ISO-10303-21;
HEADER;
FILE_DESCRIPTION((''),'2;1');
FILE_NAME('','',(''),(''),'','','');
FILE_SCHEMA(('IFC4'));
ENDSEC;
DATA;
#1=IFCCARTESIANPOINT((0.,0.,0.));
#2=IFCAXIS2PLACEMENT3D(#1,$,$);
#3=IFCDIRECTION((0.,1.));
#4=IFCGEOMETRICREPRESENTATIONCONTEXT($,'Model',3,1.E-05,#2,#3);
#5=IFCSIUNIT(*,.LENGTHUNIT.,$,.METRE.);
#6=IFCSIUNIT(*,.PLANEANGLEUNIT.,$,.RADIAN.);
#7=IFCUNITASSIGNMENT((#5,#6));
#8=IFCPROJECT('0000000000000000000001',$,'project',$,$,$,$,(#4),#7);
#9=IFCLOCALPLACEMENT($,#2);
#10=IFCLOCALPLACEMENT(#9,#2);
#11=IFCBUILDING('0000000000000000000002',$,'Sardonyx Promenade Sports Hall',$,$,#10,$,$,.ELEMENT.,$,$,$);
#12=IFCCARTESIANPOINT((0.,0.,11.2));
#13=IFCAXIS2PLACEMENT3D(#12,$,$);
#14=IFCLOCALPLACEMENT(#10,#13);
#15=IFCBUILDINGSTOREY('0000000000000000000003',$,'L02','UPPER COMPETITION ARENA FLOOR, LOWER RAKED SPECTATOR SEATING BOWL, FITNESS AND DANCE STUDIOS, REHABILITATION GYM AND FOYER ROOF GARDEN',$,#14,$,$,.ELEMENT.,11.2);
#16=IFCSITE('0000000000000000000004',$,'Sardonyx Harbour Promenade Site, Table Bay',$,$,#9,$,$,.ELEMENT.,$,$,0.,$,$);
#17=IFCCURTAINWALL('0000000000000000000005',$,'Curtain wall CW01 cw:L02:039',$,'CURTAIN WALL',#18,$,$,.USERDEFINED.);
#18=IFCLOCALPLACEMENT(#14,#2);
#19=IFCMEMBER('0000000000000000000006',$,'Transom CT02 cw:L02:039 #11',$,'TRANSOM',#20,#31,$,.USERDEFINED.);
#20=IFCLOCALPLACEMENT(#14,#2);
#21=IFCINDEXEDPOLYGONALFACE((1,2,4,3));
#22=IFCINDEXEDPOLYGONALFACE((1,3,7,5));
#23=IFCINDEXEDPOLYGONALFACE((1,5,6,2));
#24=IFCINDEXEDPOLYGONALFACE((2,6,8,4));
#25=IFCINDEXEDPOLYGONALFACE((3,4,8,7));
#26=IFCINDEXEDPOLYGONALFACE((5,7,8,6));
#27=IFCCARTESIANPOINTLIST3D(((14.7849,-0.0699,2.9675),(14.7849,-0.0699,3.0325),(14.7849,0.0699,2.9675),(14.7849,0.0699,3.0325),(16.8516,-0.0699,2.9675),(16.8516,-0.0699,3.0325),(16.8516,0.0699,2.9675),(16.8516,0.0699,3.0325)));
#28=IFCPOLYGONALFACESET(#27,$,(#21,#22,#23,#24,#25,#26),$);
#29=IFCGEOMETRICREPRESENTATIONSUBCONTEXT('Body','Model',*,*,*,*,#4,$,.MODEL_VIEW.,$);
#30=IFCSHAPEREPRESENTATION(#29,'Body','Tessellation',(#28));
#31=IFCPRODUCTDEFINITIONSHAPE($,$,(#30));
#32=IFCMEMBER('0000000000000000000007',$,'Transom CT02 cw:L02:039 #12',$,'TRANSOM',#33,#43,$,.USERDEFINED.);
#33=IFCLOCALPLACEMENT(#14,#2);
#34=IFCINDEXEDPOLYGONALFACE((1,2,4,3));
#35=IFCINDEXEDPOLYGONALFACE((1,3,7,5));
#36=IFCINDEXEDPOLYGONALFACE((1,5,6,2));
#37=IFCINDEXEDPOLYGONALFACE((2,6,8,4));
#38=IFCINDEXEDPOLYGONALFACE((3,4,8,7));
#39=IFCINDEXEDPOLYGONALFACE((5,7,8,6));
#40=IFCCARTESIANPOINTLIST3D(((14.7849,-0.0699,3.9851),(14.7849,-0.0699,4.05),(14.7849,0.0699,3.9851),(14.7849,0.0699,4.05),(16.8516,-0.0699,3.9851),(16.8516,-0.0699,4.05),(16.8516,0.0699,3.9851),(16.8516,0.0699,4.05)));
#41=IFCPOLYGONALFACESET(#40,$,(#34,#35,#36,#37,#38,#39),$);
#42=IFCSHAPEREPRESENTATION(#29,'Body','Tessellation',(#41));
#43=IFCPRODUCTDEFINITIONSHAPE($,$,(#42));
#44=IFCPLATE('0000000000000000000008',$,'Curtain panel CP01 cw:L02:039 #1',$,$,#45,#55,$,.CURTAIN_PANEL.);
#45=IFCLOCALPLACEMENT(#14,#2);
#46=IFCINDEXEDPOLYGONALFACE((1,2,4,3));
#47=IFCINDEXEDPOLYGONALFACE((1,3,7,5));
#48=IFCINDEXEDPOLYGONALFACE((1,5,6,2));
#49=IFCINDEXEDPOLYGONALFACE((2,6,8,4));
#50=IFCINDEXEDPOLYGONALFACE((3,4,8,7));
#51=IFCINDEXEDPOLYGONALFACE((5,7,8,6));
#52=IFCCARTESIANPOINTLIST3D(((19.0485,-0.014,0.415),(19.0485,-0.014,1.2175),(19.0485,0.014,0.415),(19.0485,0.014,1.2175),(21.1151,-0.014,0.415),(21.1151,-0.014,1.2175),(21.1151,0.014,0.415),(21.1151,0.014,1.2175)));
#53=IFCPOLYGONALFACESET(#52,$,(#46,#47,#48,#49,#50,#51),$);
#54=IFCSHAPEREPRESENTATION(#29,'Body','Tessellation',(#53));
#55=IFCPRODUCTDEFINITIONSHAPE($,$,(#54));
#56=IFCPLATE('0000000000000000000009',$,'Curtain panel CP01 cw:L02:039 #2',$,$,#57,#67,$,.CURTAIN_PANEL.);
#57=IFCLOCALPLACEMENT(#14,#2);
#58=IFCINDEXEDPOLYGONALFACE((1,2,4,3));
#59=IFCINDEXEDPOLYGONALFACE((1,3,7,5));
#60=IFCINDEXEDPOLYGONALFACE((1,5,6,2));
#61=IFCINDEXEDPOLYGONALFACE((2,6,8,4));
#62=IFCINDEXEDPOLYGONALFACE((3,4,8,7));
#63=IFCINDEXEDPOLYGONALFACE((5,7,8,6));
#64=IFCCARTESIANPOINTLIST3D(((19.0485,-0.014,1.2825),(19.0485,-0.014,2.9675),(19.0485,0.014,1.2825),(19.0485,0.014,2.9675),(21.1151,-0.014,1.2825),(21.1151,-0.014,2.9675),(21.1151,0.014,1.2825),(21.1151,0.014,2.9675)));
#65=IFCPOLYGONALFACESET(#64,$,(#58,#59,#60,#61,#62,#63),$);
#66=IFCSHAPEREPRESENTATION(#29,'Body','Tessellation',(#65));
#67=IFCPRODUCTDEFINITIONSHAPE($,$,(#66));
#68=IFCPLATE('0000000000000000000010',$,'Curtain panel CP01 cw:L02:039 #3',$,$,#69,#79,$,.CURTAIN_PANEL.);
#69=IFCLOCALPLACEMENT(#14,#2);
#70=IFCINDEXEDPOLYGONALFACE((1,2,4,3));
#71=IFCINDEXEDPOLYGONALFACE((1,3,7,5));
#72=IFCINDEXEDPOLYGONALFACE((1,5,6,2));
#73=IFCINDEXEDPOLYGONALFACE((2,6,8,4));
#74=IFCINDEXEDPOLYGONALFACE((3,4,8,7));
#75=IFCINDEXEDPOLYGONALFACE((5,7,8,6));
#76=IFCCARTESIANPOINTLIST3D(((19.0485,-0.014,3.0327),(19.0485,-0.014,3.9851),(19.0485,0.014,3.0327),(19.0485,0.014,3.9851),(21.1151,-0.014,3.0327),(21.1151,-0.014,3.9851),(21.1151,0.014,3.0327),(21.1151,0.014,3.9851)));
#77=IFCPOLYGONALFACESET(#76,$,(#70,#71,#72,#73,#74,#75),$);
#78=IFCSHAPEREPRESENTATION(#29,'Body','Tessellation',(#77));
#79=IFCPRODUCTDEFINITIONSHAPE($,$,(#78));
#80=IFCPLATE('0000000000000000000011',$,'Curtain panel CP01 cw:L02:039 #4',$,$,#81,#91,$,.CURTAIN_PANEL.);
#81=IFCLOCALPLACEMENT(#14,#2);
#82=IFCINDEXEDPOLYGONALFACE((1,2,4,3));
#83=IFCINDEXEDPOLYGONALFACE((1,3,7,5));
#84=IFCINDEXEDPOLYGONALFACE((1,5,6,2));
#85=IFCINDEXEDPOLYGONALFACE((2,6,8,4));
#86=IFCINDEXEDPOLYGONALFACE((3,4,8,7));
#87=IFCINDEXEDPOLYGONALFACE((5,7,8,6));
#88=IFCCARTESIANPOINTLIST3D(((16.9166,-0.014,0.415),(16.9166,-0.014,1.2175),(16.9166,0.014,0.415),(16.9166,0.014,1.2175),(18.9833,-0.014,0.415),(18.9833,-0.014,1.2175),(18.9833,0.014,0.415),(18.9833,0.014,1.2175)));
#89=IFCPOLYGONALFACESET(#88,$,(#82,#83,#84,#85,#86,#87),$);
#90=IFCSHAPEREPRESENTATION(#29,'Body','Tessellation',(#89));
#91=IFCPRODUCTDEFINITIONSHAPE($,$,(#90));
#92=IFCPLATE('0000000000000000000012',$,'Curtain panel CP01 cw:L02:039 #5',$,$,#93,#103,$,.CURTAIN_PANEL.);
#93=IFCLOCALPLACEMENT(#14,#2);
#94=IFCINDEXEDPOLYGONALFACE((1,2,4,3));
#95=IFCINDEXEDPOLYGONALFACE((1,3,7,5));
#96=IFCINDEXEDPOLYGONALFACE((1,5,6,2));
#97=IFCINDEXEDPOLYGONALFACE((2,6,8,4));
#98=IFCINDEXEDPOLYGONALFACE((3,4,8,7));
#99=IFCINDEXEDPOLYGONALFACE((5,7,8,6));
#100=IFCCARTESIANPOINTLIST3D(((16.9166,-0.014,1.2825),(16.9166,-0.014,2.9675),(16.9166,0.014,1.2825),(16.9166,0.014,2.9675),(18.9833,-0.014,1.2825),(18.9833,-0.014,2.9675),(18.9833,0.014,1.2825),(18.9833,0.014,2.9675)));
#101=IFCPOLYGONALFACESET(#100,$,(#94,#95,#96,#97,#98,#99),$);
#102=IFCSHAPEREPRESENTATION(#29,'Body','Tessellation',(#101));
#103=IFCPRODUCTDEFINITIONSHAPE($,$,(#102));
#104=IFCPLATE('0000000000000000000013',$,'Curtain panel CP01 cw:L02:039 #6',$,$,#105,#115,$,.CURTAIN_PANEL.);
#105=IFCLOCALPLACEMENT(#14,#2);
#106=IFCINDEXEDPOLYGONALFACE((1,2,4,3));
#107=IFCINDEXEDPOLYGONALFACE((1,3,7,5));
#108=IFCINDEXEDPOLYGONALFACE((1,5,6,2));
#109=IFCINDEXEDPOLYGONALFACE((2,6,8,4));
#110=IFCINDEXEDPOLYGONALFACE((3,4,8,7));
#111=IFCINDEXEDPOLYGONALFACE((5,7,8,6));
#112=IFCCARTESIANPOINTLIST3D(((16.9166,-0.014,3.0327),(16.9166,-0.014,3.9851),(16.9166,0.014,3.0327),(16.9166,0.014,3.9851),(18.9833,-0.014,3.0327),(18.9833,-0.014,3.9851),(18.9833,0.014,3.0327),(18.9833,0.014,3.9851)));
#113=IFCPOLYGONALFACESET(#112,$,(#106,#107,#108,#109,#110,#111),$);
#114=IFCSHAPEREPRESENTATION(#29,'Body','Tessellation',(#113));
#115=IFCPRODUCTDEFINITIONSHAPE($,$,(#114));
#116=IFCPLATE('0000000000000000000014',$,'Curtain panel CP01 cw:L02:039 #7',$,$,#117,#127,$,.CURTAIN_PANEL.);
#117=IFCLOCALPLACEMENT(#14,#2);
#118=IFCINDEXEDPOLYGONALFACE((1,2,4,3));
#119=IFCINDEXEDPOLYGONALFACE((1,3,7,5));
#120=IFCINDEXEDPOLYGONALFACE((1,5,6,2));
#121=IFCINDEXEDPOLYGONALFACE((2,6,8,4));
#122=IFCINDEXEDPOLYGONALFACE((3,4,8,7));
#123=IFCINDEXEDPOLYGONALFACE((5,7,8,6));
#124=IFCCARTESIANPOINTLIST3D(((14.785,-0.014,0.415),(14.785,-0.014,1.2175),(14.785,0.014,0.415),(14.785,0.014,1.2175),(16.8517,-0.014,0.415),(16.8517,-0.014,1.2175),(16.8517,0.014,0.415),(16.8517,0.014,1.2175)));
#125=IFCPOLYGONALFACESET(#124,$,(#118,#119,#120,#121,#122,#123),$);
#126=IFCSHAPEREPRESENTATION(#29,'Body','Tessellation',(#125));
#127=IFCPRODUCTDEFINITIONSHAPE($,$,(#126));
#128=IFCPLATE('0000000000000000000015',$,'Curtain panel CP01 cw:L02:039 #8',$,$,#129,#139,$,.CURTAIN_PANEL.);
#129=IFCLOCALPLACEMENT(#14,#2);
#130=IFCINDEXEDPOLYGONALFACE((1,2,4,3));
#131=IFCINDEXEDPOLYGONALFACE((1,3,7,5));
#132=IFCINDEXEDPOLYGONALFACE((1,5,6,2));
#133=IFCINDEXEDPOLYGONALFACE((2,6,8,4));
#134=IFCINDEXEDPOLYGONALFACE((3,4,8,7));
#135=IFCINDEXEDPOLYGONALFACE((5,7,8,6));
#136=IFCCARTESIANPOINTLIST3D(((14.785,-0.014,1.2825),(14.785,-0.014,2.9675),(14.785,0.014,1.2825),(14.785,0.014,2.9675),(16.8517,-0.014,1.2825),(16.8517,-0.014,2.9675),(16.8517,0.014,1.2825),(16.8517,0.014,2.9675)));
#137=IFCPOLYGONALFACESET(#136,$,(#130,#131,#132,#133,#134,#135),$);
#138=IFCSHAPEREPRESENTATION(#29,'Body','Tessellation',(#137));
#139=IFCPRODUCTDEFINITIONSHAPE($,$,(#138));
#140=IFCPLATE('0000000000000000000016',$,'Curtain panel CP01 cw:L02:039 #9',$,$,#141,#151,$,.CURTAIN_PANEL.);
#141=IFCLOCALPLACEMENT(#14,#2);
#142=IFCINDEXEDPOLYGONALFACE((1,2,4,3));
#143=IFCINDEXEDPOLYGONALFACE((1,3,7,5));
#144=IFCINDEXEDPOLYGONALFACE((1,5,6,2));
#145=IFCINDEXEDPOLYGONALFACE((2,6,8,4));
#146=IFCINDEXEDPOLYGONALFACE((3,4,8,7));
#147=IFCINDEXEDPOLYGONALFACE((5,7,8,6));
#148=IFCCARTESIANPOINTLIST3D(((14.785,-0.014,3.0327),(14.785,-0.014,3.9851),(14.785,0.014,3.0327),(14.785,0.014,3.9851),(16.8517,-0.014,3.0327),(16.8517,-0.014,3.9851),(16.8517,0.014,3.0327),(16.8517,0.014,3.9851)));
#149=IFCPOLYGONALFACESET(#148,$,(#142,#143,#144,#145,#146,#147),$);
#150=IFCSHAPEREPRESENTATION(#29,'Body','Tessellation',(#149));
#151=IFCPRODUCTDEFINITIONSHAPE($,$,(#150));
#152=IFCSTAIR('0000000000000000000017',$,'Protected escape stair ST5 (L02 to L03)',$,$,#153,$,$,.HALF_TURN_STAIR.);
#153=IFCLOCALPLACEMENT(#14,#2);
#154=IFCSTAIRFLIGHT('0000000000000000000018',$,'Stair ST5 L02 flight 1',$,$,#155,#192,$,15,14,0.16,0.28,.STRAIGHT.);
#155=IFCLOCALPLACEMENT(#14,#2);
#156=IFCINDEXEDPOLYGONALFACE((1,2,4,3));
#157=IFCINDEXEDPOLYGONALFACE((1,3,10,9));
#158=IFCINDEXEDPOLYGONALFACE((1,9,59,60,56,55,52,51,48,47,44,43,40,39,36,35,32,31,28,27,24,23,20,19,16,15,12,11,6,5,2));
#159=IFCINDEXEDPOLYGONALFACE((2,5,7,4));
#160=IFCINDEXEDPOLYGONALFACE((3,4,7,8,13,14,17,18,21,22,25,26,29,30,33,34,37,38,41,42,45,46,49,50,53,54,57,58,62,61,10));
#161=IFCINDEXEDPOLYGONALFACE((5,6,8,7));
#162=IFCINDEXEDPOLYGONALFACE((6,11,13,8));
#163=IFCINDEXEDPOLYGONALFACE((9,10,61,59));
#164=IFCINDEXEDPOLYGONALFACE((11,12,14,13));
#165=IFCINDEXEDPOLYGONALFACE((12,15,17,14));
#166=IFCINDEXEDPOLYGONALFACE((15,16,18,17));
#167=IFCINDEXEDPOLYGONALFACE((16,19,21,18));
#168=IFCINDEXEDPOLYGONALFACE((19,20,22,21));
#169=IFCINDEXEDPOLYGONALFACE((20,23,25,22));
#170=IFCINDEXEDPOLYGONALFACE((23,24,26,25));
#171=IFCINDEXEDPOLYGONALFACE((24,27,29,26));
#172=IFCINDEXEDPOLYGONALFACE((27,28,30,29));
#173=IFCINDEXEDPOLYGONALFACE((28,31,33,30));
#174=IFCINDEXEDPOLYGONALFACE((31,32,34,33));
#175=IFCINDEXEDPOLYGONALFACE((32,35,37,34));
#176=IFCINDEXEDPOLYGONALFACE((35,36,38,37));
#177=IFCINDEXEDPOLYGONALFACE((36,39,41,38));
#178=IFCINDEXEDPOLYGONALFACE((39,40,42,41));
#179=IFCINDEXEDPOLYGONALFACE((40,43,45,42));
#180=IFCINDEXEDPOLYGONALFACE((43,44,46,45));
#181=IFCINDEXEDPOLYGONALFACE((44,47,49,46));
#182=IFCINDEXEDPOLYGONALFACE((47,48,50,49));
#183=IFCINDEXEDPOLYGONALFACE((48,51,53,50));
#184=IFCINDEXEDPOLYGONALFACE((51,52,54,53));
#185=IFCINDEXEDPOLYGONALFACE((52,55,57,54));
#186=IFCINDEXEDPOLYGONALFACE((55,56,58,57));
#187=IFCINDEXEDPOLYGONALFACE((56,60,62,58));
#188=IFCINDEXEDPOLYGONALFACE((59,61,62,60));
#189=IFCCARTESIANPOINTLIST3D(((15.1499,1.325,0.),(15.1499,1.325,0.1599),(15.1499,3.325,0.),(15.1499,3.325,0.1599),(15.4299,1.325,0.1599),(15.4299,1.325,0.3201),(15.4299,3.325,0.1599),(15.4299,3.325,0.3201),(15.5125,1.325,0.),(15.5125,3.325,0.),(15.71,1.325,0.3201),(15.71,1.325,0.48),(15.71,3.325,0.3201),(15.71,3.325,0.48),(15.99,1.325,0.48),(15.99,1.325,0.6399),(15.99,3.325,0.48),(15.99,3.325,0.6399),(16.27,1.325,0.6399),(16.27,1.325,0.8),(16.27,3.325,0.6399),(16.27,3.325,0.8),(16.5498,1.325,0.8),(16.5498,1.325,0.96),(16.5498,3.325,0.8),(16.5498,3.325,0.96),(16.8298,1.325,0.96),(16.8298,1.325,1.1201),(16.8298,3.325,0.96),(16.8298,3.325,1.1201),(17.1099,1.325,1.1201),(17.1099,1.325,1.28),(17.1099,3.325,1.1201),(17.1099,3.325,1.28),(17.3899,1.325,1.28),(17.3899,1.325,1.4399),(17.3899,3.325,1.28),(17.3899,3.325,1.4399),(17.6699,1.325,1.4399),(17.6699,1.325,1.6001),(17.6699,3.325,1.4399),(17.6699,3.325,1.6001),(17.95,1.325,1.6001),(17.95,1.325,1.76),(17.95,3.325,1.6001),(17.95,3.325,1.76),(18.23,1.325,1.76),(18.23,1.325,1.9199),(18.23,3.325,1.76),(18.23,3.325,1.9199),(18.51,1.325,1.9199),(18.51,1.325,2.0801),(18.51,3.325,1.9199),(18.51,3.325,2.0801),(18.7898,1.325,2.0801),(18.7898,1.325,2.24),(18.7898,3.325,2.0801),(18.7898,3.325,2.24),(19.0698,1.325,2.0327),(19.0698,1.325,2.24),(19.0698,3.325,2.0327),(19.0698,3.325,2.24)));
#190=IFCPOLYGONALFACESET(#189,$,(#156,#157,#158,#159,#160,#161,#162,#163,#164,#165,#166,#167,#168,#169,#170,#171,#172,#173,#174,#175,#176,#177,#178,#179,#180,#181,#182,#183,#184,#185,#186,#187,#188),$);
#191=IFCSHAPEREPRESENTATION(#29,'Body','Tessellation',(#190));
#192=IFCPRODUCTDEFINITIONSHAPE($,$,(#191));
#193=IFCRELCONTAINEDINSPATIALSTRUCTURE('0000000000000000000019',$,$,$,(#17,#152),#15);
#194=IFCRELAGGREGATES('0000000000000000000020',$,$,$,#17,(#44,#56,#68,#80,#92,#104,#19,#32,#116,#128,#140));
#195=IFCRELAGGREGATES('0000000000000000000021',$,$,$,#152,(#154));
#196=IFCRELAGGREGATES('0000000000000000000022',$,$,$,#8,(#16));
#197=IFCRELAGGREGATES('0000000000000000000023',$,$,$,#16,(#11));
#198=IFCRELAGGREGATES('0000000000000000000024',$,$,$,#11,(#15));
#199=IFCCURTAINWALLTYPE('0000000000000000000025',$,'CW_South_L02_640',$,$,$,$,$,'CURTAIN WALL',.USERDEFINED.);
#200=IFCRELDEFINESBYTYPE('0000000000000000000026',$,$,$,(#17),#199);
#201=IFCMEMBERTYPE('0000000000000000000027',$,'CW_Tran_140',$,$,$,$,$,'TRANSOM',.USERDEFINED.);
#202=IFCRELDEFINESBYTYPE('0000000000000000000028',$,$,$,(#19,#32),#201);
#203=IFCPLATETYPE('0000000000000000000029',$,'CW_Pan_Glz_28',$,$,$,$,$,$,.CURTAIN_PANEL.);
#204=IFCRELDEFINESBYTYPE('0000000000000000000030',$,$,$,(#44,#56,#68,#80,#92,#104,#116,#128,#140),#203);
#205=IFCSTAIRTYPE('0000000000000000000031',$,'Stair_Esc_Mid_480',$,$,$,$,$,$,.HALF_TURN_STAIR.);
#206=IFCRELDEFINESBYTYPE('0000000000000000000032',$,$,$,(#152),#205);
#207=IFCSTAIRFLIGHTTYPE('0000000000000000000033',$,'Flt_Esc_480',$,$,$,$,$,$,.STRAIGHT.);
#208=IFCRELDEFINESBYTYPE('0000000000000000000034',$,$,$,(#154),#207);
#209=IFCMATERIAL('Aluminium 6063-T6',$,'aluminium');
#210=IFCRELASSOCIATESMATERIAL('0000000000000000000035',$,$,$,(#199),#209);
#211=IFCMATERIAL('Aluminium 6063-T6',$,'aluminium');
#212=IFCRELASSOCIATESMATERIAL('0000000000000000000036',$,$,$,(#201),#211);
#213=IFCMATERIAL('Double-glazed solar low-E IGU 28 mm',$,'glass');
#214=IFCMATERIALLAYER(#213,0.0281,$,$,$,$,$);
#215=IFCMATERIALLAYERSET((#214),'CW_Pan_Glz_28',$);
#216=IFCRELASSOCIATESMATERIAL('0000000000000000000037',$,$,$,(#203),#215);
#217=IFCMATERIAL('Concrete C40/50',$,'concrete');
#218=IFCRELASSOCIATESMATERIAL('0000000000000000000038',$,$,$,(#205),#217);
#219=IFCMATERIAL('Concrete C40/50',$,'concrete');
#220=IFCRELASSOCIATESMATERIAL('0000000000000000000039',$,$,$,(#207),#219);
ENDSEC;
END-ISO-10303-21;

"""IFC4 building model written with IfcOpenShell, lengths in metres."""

from ifc_helpers import new_model, si_unit, direction, frame, origin, origin_2d, place, context, subcontext, project, spatial, polyline, rectangle, outline, extrude, material, layer, layer_set, material_profile, profile_set, type_object, element, aggregate, save


model = new_model("IFC4")

# Units and contexts
model_context = context("Model", 3, precision=1e-05, world=origin(), true_north=direction((0.0, 1.0)))
body_context = subcontext(model_context, "Body", "Model", "MODEL_VIEW")
ifc_project = project(units=[si_unit("LENGTHUNIT", "METRE"), si_unit("PLANEANGLEUNIT", "RADIAN")], contexts=[model_context])

# Site, building, storey
site_placement = place(None, origin())
site = spatial("IfcSite", under=ifc_project, at=site_placement, Name="Sardonyx Harbour Promenade Site, Table Bay", CompositionType="ELEMENT", RefElevation=0.0)
building_placement = place(site_placement, origin())
building = spatial("IfcBuilding", under=site, at=building_placement, Name="Sardonyx Promenade Sports Hall", CompositionType="ELEMENT")
storey_placement = place(building_placement, frame((0.0, 0.0, 11.2)))
storey = spatial("IfcBuildingStorey", under=building, at=storey_placement, Name="L02", Description="UPPER COMPETITION ARENA FLOOR, LOWER RAKED SPECTATOR SEATING BOWL, FITNESS AND DANCE STUDIOS, REHABILITATION GYM AND FOYER ROOF GARDEN", CompositionType="ELEMENT", Elevation=11.2)

# Curtain wall, members, plates
ifc_material_1 = material(Name="Aluminium 6063-T6", Category="aluminium")
curtain_wall_type = type_object("IfcCurtainWallType", Name="CW_South_L02_640", ElementType="CURTAIN WALL", PredefinedType="USERDEFINED", material=ifc_material_1)
curtain_wall_placement = place(storey_placement, origin())
curtain_wall = element("IfcCurtainWall", 1, at=curtain_wall_placement, inside=storey, type_object=curtain_wall_type, Name="Curtain wall CW01 cw:L02:039", ObjectType="CURTAIN WALL", PredefinedType="USERDEFINED")
ifc_material_2 = material(Name="Aluminium 6063-T6", Category="aluminium")
ifc_material_profile_1 = material_profile(ifc_material_2, rectangle(XDim=0.0649, YDim=0.1399, at=origin_2d()))
ifc_profile_set_1 = profile_set([ifc_material_profile_1], Name="Aluminium 6063-T6")
member_type_1 = type_object("IfcMemberType", Name="CW_Tran_140", ElementType="TRANSOM", PredefinedType="USERDEFINED", material=ifc_profile_set_1)
member_1_placement = place(storey_placement, frame((16.8516, 0.0, 3.0), z_axis=(-1.0, 0.0, 0.0), x_axis=(0.0, 0.0, 1.0)))
member_1 = element("IfcMember", 2, at=member_1_placement, type_object=member_type_1, Name="Transom CT02 cw:L02:039 #11", ObjectType="TRANSOM", PredefinedType="USERDEFINED", context=body_context, shape_type="SweptSolid", body=[
    extrude(rectangle(XDim=0.0649, YDim=0.1399, at=origin_2d()), origin(), (0.0, 0.0, 1.0), 2.0667),
])
member_2_placement = place(storey_placement, frame((16.8516, 0.0, 4.0176), z_axis=(-1.0, 0.0, 0.0), x_axis=(0.0, 0.0, 1.0)))
member_2 = element("IfcMember", 3, at=member_2_placement, type_object=member_type_1, Name="Transom CT02 cw:L02:039 #12", ObjectType="TRANSOM", PredefinedType="USERDEFINED", context=body_context, shape_type="SweptSolid", body=[
    extrude(rectangle(XDim=0.0649, YDim=0.1399, at=origin_2d()), origin(), (0.0, 0.0, 1.0), 2.0667),
])
ifc_material_3 = material(Name="Double-glazed solar low-E IGU 28 mm", Category="glass")
ifc_layer_1 = layer(ifc_material_3, 0.0281)
ifc_layer_set_1 = layer_set([ifc_layer_1], Name="CW_Pan_Glz_28")
plate_type = type_object("IfcPlateType", Name="CW_Pan_Glz_28", PredefinedType="CURTAIN_PANEL", material=ifc_layer_set_1)
plate_1_placement = place(storey_placement, frame((20.0818, 0.0, 0.415), z_axis=(0.0, 0.0, 1.0), x_axis=(-1.0, 0.0, 0.0)))
plate_1 = element("IfcPlate", 4, at=plate_1_placement, type_object=plate_type, Name="Curtain panel CP01 cw:L02:039 #1", PredefinedType="CURTAIN_PANEL", context=body_context, shape_type="SweptSolid", body=[
    extrude(rectangle(XDim=2.0667, YDim=0.0281, at=origin_2d()), origin(), (0.0, 0.0, 1.0), 0.8025),
])
plate_2_placement = place(storey_placement, frame((20.0818, 0.0, 1.2825), z_axis=(0.0, 0.0, 1.0), x_axis=(-1.0, 0.0, 0.0)))
plate_2 = element("IfcPlate", 5, at=plate_2_placement, type_object=plate_type, Name="Curtain panel CP01 cw:L02:039 #2", PredefinedType="CURTAIN_PANEL", context=body_context, shape_type="SweptSolid", body=[
    extrude(rectangle(XDim=2.0667, YDim=0.0281, at=origin_2d()), origin(), (0.0, 0.0, 1.0), 1.6851),
])
plate_3_placement = place(storey_placement, frame((20.0818, 0.0, 3.0327), z_axis=(0.0, 0.0, 1.0), x_axis=(-1.0, 0.0, 0.0)))
plate_3 = element("IfcPlate", 6, at=plate_3_placement, type_object=plate_type, Name="Curtain panel CP01 cw:L02:039 #3", PredefinedType="CURTAIN_PANEL", context=body_context, shape_type="SweptSolid", body=[
    extrude(rectangle(XDim=2.0667, YDim=0.0281, at=origin_2d()), origin(), (0.0, 0.0, 1.0), 0.9524),
])
plate_4_placement = place(storey_placement, frame((17.95, 0.0, 0.415), z_axis=(0.0, 0.0, 1.0), x_axis=(-1.0, 0.0, 0.0)))
plate_4 = element("IfcPlate", 7, at=plate_4_placement, type_object=plate_type, Name="Curtain panel CP01 cw:L02:039 #4", PredefinedType="CURTAIN_PANEL", context=body_context, shape_type="SweptSolid", body=[
    extrude(rectangle(XDim=2.0667, YDim=0.0281, at=origin_2d()), origin(), (0.0, 0.0, 1.0), 0.8025),
])
plate_5_placement = place(storey_placement, frame((17.95, 0.0, 1.2825), z_axis=(0.0, 0.0, 1.0), x_axis=(-1.0, 0.0, 0.0)))
plate_5 = element("IfcPlate", 8, at=plate_5_placement, type_object=plate_type, Name="Curtain panel CP01 cw:L02:039 #5", PredefinedType="CURTAIN_PANEL", context=body_context, shape_type="SweptSolid", body=[
    extrude(rectangle(XDim=2.0667, YDim=0.0281, at=origin_2d()), origin(), (0.0, 0.0, 1.0), 1.6851),
])
plate_6_placement = place(storey_placement, frame((17.95, 0.0, 3.0327), z_axis=(0.0, 0.0, 1.0), x_axis=(-1.0, 0.0, 0.0)))
plate_6 = element("IfcPlate", 9, at=plate_6_placement, type_object=plate_type, Name="Curtain panel CP01 cw:L02:039 #6", PredefinedType="CURTAIN_PANEL", context=body_context, shape_type="SweptSolid", body=[
    extrude(rectangle(XDim=2.0667, YDim=0.0281, at=origin_2d()), origin(), (0.0, 0.0, 1.0), 0.9524),
])
plate_7_placement = place(storey_placement, frame((15.8184, 0.0, 0.415), z_axis=(0.0, 0.0, 1.0), x_axis=(-1.0, 0.0, 0.0)))
plate_7 = element("IfcPlate", 10, at=plate_7_placement, type_object=plate_type, Name="Curtain panel CP01 cw:L02:039 #7", PredefinedType="CURTAIN_PANEL", context=body_context, shape_type="SweptSolid", body=[
    extrude(rectangle(XDim=2.0667, YDim=0.0281, at=origin_2d()), origin(), (0.0, 0.0, 1.0), 0.8025),
])
plate_8_placement = place(storey_placement, frame((15.8184, 0.0, 1.2825), z_axis=(0.0, 0.0, 1.0), x_axis=(-1.0, 0.0, 0.0)))
plate_8 = element("IfcPlate", 11, at=plate_8_placement, type_object=plate_type, Name="Curtain panel CP01 cw:L02:039 #8", PredefinedType="CURTAIN_PANEL", context=body_context, shape_type="SweptSolid", body=[
    extrude(rectangle(XDim=2.0667, YDim=0.0281, at=origin_2d()), origin(), (0.0, 0.0, 1.0), 1.6851),
])
plate_9_placement = place(storey_placement, frame((15.8184, 0.0, 3.0327), z_axis=(0.0, 0.0, 1.0), x_axis=(-1.0, 0.0, 0.0)))
plate_9 = element("IfcPlate", 12, at=plate_9_placement, type_object=plate_type, Name="Curtain panel CP01 cw:L02:039 #9", PredefinedType="CURTAIN_PANEL", context=body_context, shape_type="SweptSolid", body=[
    extrude(rectangle(XDim=2.0667, YDim=0.0281, at=origin_2d()), origin(), (0.0, 0.0, 1.0), 0.9524),
])
aggregate(curtain_wall, [plate_1, plate_2, plate_3, plate_4, plate_5, plate_6, member_1, member_2, plate_7, plate_8, plate_9])

# Stair, stair flight
ifc_material_4 = material(Name="Concrete C40/50", Category="concrete")
stair_type = type_object("IfcStairType", Name="Stair_Esc_Mid_480", PredefinedType="HALF_TURN_STAIR", material=ifc_material_4)
stair_placement = place(storey_placement, origin())
stair = element("IfcStair", 13, at=stair_placement, inside=storey, type_object=stair_type, Name="Protected escape stair ST5 (L02 to L03)", PredefinedType="HALF_TURN_STAIR")
ifc_material_5 = material(Name="Concrete C40/50", Category="concrete")
stair_flight_type = type_object("IfcStairFlightType", Name="Flt_Esc_480", PredefinedType="STRAIGHT", material=ifc_material_5)
stair_flight_1_placement = place(storey_placement, frame((15.1499, 2.325, 0.0), z_axis=(0.0, 0.0, 1.0), x_axis=(1.0, 0.0, 0.0)))
stair_flight_1 = element("IfcStairFlight", 14, at=stair_flight_1_placement, type_object=stair_flight_type, Name="Stair ST5 L02 flight 1", NumberOfRisers=15, NumberOfTreads=14, PredefinedType="STRAIGHT", RiserHeight=0.16, TreadLength=0.28, context=body_context, shape_type="SweptSolid", body=[
    extrude(outline(polyline([(0.0, 0.0), (0.0, 0.1599), (0.28, 0.1599), (0.28, 0.3201), (0.5601, 0.3201), (0.5601, 0.48), (0.8401, 0.48), (0.8401, 0.6399), (1.1201, 0.6399), (1.1201, 0.8), (1.3999, 0.8), (1.3999, 0.96), (1.6799, 0.96), (1.6799, 1.1201), (1.96, 1.1201), (1.96, 1.28), (2.24, 1.28), (2.24, 1.4399), (2.52, 1.4399), (2.52, 1.6001), (2.8, 1.6001), (2.8, 1.76), (3.0801, 1.76), (3.0801, 1.9199), (3.3601, 1.9199), (3.3601, 2.0801), (3.6399, 2.0801), (3.6399, 2.24), (3.9199, 2.24), (3.9199, 2.3999), (3.9199, 2.0327), (0.3625, 0.0), (0.0, 0.0)])), frame((0.0, 1.0, 0.0), z_axis=(0.0, -1.0, 0.0), x_axis=(1.0, 0.0, 0.0)), (0.0, 0.0, 1.0), 2.0),
])
aggregate(stair, [stair_flight_1])

save(model, "model.ifc")
